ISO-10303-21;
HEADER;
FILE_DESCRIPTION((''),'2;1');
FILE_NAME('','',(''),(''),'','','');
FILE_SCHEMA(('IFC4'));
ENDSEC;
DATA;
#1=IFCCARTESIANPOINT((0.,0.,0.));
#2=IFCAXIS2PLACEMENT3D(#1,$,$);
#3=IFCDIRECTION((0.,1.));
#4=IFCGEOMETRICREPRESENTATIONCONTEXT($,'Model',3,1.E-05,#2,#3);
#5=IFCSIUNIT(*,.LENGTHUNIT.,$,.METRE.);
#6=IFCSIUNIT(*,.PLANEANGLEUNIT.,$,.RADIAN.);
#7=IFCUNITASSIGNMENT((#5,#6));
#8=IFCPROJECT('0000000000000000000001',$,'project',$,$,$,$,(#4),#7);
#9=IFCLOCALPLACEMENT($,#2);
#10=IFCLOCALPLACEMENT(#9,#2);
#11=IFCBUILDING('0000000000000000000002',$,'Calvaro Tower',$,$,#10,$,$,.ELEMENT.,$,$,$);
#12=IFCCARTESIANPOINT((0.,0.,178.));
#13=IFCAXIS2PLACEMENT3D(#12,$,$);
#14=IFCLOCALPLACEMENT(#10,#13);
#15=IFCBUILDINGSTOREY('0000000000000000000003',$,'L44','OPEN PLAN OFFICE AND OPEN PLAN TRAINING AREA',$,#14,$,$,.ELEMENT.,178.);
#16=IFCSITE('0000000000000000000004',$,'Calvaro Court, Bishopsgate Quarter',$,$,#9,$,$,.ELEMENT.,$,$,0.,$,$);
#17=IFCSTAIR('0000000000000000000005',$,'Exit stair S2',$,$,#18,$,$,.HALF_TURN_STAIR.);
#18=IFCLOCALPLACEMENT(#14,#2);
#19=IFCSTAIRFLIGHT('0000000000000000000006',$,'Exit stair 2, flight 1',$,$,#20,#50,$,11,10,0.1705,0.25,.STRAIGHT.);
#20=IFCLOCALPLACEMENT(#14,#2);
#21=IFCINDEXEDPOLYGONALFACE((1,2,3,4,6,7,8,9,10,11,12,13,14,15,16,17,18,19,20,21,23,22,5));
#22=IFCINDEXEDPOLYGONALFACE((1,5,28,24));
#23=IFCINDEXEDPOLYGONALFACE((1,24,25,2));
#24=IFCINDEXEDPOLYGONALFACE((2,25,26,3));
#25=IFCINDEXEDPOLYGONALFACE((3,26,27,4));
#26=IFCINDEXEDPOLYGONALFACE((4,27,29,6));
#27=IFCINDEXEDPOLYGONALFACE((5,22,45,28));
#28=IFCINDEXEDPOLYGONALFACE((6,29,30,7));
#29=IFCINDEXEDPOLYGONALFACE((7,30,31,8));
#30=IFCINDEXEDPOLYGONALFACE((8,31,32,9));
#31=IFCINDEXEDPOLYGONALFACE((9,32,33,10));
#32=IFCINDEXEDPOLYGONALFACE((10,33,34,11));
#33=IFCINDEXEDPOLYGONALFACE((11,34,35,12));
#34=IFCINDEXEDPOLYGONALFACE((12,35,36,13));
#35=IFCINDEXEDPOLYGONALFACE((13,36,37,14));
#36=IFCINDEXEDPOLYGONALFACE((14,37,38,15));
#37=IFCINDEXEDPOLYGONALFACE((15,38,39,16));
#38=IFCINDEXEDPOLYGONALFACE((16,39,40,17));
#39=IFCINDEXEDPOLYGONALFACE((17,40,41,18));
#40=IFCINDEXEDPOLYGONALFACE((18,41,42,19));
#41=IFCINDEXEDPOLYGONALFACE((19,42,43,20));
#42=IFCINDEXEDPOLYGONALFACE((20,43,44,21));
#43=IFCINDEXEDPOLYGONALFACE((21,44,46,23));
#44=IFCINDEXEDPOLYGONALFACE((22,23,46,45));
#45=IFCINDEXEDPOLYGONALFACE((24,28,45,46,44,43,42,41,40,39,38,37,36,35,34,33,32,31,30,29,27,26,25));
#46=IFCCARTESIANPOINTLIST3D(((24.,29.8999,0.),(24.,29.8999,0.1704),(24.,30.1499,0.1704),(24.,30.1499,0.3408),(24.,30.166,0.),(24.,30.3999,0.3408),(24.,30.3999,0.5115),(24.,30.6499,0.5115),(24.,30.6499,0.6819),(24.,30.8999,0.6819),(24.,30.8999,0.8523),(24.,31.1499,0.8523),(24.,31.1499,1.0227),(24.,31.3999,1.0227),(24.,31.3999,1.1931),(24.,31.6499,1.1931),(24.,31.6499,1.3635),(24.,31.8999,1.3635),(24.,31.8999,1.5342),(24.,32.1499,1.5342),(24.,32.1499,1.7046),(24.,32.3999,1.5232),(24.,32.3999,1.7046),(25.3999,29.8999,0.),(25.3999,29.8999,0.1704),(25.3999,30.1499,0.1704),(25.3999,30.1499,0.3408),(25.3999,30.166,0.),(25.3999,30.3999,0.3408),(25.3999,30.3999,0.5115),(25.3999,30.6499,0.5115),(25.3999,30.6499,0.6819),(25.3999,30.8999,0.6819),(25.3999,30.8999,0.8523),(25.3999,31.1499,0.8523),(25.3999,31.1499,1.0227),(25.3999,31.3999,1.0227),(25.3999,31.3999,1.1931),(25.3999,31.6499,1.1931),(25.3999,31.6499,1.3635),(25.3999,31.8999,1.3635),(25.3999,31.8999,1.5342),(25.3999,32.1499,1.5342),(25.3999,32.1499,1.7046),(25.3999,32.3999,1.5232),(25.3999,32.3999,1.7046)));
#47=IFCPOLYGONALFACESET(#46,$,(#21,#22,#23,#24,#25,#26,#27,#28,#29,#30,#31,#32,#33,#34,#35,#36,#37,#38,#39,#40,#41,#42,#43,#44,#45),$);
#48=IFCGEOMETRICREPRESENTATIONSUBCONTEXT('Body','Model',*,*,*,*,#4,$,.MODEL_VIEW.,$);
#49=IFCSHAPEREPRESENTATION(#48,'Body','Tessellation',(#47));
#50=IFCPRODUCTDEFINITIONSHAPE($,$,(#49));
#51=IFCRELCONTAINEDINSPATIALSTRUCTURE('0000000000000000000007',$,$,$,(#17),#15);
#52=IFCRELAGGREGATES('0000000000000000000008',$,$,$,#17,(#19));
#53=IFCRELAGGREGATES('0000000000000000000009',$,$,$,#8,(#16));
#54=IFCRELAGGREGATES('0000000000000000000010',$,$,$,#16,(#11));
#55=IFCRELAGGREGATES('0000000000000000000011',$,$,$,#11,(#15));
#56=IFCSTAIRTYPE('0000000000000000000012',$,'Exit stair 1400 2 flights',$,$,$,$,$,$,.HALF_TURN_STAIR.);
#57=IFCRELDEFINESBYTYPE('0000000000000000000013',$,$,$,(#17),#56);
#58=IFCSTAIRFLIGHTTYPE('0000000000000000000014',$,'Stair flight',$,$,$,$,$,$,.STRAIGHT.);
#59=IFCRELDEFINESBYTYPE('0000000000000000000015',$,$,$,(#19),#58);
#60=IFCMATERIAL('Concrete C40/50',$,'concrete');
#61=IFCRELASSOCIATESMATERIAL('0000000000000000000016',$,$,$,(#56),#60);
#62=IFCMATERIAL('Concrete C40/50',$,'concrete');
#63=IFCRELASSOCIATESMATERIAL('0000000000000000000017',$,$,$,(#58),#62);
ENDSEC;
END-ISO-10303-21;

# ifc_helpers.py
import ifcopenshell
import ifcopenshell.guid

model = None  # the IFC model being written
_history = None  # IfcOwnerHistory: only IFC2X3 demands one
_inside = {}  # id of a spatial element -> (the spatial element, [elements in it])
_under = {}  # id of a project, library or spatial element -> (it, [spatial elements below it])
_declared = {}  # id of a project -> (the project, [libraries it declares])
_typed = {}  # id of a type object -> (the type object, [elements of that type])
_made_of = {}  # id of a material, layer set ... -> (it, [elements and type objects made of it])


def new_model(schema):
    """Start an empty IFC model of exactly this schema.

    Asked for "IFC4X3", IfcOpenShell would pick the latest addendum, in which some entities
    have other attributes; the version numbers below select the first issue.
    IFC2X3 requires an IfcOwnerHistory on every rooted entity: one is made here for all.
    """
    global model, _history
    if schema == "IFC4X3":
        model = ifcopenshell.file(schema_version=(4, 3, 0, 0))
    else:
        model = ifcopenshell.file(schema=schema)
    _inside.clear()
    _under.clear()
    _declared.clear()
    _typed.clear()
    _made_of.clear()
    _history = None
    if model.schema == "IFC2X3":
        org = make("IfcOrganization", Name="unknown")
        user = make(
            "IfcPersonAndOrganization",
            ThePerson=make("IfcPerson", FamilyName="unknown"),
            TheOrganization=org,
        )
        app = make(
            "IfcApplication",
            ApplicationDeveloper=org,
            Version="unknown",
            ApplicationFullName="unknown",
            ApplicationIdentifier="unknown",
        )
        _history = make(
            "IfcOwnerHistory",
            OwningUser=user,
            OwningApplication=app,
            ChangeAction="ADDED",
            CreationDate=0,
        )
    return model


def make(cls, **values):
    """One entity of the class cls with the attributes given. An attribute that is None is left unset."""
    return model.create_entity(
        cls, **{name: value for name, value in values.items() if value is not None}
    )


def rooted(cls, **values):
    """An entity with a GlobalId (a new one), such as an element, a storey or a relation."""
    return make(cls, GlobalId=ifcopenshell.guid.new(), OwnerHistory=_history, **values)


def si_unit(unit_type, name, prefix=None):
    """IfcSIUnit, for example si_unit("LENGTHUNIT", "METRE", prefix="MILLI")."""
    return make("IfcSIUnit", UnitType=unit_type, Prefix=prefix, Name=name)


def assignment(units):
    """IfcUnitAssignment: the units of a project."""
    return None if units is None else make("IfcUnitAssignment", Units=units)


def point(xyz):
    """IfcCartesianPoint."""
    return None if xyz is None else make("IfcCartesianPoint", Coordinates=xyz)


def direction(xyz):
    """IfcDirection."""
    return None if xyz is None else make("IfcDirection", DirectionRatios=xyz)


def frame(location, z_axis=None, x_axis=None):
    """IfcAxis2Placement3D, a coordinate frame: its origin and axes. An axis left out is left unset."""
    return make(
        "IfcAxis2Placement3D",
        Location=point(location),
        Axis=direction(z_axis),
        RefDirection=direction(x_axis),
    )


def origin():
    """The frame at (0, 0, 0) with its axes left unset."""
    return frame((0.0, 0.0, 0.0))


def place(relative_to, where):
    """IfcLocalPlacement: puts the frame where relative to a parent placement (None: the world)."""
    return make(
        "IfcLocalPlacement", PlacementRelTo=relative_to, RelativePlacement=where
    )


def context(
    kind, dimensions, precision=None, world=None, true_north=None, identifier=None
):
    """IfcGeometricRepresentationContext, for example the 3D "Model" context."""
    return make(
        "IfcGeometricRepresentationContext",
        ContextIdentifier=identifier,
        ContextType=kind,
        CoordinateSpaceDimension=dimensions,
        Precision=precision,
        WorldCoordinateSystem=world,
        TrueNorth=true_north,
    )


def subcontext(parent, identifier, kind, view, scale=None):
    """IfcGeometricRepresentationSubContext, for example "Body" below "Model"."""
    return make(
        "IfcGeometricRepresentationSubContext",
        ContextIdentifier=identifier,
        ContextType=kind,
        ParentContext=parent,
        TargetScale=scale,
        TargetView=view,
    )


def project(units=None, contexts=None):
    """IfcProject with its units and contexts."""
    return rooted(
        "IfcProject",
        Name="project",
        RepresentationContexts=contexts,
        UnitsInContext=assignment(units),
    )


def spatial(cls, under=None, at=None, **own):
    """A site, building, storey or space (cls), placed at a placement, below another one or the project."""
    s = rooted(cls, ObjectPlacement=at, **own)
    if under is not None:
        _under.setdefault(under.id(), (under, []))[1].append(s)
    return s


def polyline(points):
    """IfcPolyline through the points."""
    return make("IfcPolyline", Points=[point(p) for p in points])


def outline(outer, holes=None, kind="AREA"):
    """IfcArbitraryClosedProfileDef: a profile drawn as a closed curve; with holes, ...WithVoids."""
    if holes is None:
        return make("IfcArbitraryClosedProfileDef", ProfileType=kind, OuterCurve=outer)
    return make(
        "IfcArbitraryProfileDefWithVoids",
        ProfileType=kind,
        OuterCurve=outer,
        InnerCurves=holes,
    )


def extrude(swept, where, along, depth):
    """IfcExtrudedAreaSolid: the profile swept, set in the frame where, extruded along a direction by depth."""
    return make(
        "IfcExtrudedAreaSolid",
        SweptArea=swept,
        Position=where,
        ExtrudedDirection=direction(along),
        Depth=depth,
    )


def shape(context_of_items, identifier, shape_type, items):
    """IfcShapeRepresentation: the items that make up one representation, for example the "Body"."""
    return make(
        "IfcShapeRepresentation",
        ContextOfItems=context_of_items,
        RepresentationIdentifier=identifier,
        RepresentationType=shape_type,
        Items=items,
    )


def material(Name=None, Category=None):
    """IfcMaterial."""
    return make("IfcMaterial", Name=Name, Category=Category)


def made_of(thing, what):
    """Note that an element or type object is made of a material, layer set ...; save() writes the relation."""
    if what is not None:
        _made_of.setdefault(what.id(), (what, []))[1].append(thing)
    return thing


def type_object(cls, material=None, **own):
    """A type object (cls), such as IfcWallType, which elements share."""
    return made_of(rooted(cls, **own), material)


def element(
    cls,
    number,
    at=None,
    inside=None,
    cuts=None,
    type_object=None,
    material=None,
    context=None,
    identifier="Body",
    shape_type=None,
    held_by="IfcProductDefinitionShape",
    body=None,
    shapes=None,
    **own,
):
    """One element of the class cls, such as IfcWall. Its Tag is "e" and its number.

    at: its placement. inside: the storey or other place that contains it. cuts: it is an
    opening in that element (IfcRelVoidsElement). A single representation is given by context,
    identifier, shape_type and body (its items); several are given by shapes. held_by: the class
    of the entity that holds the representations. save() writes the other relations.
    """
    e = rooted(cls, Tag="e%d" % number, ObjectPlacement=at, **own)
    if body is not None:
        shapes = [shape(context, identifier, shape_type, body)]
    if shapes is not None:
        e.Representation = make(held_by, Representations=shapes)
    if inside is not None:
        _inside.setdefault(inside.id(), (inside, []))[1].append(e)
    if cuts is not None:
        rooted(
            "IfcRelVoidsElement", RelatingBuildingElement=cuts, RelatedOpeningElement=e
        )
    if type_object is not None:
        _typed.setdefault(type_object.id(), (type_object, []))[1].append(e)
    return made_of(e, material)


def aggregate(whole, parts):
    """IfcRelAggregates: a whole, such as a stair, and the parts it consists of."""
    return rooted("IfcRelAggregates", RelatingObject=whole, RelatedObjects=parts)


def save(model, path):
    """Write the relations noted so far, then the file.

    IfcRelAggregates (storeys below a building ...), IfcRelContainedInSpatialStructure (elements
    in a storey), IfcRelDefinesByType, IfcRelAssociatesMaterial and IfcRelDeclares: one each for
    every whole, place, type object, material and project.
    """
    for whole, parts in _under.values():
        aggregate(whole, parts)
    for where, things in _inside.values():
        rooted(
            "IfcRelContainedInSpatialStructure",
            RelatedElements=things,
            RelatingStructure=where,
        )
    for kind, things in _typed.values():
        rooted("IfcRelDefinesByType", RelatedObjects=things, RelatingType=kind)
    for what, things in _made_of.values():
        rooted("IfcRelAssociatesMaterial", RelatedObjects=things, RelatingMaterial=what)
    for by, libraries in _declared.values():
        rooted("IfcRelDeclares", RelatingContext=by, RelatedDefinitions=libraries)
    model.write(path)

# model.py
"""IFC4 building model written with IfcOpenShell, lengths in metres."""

from ifc_helpers import new_model, si_unit, direction, frame, origin, place, context, subcontext, project, spatial, polyline, outline, extrude, material, type_object, element, aggregate, save


model = new_model("IFC4")

# Units and contexts
model_context = context("Model", 3, precision=1e-05, world=origin(), true_north=direction((0.0, 1.0)))
body_context = subcontext(model_context, "Body", "Model", "MODEL_VIEW")
ifc_project = project(units=[si_unit("LENGTHUNIT", "METRE"), si_unit("PLANEANGLEUNIT", "RADIAN")], contexts=[model_context])

# Site, building, storey
site_placement = place(None, origin())
site = spatial("IfcSite", under=ifc_project, at=site_placement, Name="Calvaro Court, Bishopsgate Quarter", CompositionType="ELEMENT", RefElevation=0.0)
building_placement = place(site_placement, origin())
building = spatial("IfcBuilding", under=site, at=building_placement, Name="Calvaro Tower", CompositionType="ELEMENT")
storey_placement = place(building_placement, frame((0.0, 0.0, 178.0)))
storey = spatial("IfcBuildingStorey", under=building, at=storey_placement, Name="L44", Description="OPEN PLAN OFFICE AND OPEN PLAN TRAINING AREA", CompositionType="ELEMENT", Elevation=178.0)

# Stair, stair flight
ifc_material_1 = material(Name="Concrete C40/50", Category="concrete")
stair_type = type_object("IfcStairType", Name="Exit stair 1400 2 flights", PredefinedType="HALF_TURN_STAIR", material=ifc_material_1)
stair_placement = place(storey_placement, origin())
stair = element("IfcStair", 1, at=stair_placement, inside=storey, type_object=stair_type, Name="Exit stair S2", PredefinedType="HALF_TURN_STAIR")
ifc_material_2 = material(Name="Concrete C40/50", Category="concrete")
stair_flight_type = type_object("IfcStairFlightType", Name="Stair flight", PredefinedType="STRAIGHT", material=ifc_material_2)
stair_flight_placement = place(storey_placement, frame((24.7, 29.8999, 0.0), z_axis=(0.0, 0.0, 1.0), x_axis=(0.0, 1.0, 0.0)))
stair_flight = element("IfcStairFlight", 2, at=stair_flight_placement, type_object=stair_flight_type, Name="Exit stair 2, flight 1", NumberOfRisers=11, NumberOfTreads=10, PredefinedType="STRAIGHT", RiserHeight=0.1705, TreadLength=0.25, context=body_context, shape_type="SweptSolid", body=[
    extrude(outline(polyline([(0.0, 0.0), (0.0, 0.1704), (0.25, 0.1704), (0.25, 0.3408), (0.5, 0.3408), (0.5, 0.5115), (0.75, 0.5115), (0.75, 0.6819), (1.0, 0.6819), (1.0, 0.8523), (1.25, 0.8523), (1.25, 1.0227), (1.5, 1.0227), (1.5, 1.1931), (1.75, 1.1931), (1.75, 1.3635), (2.0, 1.3635), (2.0, 1.5342), (2.25, 1.5342), (2.25, 1.7046), (2.5, 1.7046), (2.5, 1.875), (2.5, 1.5232), (0.2661, 0.0), (0.0, 0.0)])), frame((0.0, 0.7, 0.0), z_axis=(0.0, -1.0, 0.0), x_axis=(1.0, 0.0, 0.0)), (0.0, 0.0, 1.0), 1.3999),
])
aggregate(stair, [stair_flight])

save(model, "model.ifc")
